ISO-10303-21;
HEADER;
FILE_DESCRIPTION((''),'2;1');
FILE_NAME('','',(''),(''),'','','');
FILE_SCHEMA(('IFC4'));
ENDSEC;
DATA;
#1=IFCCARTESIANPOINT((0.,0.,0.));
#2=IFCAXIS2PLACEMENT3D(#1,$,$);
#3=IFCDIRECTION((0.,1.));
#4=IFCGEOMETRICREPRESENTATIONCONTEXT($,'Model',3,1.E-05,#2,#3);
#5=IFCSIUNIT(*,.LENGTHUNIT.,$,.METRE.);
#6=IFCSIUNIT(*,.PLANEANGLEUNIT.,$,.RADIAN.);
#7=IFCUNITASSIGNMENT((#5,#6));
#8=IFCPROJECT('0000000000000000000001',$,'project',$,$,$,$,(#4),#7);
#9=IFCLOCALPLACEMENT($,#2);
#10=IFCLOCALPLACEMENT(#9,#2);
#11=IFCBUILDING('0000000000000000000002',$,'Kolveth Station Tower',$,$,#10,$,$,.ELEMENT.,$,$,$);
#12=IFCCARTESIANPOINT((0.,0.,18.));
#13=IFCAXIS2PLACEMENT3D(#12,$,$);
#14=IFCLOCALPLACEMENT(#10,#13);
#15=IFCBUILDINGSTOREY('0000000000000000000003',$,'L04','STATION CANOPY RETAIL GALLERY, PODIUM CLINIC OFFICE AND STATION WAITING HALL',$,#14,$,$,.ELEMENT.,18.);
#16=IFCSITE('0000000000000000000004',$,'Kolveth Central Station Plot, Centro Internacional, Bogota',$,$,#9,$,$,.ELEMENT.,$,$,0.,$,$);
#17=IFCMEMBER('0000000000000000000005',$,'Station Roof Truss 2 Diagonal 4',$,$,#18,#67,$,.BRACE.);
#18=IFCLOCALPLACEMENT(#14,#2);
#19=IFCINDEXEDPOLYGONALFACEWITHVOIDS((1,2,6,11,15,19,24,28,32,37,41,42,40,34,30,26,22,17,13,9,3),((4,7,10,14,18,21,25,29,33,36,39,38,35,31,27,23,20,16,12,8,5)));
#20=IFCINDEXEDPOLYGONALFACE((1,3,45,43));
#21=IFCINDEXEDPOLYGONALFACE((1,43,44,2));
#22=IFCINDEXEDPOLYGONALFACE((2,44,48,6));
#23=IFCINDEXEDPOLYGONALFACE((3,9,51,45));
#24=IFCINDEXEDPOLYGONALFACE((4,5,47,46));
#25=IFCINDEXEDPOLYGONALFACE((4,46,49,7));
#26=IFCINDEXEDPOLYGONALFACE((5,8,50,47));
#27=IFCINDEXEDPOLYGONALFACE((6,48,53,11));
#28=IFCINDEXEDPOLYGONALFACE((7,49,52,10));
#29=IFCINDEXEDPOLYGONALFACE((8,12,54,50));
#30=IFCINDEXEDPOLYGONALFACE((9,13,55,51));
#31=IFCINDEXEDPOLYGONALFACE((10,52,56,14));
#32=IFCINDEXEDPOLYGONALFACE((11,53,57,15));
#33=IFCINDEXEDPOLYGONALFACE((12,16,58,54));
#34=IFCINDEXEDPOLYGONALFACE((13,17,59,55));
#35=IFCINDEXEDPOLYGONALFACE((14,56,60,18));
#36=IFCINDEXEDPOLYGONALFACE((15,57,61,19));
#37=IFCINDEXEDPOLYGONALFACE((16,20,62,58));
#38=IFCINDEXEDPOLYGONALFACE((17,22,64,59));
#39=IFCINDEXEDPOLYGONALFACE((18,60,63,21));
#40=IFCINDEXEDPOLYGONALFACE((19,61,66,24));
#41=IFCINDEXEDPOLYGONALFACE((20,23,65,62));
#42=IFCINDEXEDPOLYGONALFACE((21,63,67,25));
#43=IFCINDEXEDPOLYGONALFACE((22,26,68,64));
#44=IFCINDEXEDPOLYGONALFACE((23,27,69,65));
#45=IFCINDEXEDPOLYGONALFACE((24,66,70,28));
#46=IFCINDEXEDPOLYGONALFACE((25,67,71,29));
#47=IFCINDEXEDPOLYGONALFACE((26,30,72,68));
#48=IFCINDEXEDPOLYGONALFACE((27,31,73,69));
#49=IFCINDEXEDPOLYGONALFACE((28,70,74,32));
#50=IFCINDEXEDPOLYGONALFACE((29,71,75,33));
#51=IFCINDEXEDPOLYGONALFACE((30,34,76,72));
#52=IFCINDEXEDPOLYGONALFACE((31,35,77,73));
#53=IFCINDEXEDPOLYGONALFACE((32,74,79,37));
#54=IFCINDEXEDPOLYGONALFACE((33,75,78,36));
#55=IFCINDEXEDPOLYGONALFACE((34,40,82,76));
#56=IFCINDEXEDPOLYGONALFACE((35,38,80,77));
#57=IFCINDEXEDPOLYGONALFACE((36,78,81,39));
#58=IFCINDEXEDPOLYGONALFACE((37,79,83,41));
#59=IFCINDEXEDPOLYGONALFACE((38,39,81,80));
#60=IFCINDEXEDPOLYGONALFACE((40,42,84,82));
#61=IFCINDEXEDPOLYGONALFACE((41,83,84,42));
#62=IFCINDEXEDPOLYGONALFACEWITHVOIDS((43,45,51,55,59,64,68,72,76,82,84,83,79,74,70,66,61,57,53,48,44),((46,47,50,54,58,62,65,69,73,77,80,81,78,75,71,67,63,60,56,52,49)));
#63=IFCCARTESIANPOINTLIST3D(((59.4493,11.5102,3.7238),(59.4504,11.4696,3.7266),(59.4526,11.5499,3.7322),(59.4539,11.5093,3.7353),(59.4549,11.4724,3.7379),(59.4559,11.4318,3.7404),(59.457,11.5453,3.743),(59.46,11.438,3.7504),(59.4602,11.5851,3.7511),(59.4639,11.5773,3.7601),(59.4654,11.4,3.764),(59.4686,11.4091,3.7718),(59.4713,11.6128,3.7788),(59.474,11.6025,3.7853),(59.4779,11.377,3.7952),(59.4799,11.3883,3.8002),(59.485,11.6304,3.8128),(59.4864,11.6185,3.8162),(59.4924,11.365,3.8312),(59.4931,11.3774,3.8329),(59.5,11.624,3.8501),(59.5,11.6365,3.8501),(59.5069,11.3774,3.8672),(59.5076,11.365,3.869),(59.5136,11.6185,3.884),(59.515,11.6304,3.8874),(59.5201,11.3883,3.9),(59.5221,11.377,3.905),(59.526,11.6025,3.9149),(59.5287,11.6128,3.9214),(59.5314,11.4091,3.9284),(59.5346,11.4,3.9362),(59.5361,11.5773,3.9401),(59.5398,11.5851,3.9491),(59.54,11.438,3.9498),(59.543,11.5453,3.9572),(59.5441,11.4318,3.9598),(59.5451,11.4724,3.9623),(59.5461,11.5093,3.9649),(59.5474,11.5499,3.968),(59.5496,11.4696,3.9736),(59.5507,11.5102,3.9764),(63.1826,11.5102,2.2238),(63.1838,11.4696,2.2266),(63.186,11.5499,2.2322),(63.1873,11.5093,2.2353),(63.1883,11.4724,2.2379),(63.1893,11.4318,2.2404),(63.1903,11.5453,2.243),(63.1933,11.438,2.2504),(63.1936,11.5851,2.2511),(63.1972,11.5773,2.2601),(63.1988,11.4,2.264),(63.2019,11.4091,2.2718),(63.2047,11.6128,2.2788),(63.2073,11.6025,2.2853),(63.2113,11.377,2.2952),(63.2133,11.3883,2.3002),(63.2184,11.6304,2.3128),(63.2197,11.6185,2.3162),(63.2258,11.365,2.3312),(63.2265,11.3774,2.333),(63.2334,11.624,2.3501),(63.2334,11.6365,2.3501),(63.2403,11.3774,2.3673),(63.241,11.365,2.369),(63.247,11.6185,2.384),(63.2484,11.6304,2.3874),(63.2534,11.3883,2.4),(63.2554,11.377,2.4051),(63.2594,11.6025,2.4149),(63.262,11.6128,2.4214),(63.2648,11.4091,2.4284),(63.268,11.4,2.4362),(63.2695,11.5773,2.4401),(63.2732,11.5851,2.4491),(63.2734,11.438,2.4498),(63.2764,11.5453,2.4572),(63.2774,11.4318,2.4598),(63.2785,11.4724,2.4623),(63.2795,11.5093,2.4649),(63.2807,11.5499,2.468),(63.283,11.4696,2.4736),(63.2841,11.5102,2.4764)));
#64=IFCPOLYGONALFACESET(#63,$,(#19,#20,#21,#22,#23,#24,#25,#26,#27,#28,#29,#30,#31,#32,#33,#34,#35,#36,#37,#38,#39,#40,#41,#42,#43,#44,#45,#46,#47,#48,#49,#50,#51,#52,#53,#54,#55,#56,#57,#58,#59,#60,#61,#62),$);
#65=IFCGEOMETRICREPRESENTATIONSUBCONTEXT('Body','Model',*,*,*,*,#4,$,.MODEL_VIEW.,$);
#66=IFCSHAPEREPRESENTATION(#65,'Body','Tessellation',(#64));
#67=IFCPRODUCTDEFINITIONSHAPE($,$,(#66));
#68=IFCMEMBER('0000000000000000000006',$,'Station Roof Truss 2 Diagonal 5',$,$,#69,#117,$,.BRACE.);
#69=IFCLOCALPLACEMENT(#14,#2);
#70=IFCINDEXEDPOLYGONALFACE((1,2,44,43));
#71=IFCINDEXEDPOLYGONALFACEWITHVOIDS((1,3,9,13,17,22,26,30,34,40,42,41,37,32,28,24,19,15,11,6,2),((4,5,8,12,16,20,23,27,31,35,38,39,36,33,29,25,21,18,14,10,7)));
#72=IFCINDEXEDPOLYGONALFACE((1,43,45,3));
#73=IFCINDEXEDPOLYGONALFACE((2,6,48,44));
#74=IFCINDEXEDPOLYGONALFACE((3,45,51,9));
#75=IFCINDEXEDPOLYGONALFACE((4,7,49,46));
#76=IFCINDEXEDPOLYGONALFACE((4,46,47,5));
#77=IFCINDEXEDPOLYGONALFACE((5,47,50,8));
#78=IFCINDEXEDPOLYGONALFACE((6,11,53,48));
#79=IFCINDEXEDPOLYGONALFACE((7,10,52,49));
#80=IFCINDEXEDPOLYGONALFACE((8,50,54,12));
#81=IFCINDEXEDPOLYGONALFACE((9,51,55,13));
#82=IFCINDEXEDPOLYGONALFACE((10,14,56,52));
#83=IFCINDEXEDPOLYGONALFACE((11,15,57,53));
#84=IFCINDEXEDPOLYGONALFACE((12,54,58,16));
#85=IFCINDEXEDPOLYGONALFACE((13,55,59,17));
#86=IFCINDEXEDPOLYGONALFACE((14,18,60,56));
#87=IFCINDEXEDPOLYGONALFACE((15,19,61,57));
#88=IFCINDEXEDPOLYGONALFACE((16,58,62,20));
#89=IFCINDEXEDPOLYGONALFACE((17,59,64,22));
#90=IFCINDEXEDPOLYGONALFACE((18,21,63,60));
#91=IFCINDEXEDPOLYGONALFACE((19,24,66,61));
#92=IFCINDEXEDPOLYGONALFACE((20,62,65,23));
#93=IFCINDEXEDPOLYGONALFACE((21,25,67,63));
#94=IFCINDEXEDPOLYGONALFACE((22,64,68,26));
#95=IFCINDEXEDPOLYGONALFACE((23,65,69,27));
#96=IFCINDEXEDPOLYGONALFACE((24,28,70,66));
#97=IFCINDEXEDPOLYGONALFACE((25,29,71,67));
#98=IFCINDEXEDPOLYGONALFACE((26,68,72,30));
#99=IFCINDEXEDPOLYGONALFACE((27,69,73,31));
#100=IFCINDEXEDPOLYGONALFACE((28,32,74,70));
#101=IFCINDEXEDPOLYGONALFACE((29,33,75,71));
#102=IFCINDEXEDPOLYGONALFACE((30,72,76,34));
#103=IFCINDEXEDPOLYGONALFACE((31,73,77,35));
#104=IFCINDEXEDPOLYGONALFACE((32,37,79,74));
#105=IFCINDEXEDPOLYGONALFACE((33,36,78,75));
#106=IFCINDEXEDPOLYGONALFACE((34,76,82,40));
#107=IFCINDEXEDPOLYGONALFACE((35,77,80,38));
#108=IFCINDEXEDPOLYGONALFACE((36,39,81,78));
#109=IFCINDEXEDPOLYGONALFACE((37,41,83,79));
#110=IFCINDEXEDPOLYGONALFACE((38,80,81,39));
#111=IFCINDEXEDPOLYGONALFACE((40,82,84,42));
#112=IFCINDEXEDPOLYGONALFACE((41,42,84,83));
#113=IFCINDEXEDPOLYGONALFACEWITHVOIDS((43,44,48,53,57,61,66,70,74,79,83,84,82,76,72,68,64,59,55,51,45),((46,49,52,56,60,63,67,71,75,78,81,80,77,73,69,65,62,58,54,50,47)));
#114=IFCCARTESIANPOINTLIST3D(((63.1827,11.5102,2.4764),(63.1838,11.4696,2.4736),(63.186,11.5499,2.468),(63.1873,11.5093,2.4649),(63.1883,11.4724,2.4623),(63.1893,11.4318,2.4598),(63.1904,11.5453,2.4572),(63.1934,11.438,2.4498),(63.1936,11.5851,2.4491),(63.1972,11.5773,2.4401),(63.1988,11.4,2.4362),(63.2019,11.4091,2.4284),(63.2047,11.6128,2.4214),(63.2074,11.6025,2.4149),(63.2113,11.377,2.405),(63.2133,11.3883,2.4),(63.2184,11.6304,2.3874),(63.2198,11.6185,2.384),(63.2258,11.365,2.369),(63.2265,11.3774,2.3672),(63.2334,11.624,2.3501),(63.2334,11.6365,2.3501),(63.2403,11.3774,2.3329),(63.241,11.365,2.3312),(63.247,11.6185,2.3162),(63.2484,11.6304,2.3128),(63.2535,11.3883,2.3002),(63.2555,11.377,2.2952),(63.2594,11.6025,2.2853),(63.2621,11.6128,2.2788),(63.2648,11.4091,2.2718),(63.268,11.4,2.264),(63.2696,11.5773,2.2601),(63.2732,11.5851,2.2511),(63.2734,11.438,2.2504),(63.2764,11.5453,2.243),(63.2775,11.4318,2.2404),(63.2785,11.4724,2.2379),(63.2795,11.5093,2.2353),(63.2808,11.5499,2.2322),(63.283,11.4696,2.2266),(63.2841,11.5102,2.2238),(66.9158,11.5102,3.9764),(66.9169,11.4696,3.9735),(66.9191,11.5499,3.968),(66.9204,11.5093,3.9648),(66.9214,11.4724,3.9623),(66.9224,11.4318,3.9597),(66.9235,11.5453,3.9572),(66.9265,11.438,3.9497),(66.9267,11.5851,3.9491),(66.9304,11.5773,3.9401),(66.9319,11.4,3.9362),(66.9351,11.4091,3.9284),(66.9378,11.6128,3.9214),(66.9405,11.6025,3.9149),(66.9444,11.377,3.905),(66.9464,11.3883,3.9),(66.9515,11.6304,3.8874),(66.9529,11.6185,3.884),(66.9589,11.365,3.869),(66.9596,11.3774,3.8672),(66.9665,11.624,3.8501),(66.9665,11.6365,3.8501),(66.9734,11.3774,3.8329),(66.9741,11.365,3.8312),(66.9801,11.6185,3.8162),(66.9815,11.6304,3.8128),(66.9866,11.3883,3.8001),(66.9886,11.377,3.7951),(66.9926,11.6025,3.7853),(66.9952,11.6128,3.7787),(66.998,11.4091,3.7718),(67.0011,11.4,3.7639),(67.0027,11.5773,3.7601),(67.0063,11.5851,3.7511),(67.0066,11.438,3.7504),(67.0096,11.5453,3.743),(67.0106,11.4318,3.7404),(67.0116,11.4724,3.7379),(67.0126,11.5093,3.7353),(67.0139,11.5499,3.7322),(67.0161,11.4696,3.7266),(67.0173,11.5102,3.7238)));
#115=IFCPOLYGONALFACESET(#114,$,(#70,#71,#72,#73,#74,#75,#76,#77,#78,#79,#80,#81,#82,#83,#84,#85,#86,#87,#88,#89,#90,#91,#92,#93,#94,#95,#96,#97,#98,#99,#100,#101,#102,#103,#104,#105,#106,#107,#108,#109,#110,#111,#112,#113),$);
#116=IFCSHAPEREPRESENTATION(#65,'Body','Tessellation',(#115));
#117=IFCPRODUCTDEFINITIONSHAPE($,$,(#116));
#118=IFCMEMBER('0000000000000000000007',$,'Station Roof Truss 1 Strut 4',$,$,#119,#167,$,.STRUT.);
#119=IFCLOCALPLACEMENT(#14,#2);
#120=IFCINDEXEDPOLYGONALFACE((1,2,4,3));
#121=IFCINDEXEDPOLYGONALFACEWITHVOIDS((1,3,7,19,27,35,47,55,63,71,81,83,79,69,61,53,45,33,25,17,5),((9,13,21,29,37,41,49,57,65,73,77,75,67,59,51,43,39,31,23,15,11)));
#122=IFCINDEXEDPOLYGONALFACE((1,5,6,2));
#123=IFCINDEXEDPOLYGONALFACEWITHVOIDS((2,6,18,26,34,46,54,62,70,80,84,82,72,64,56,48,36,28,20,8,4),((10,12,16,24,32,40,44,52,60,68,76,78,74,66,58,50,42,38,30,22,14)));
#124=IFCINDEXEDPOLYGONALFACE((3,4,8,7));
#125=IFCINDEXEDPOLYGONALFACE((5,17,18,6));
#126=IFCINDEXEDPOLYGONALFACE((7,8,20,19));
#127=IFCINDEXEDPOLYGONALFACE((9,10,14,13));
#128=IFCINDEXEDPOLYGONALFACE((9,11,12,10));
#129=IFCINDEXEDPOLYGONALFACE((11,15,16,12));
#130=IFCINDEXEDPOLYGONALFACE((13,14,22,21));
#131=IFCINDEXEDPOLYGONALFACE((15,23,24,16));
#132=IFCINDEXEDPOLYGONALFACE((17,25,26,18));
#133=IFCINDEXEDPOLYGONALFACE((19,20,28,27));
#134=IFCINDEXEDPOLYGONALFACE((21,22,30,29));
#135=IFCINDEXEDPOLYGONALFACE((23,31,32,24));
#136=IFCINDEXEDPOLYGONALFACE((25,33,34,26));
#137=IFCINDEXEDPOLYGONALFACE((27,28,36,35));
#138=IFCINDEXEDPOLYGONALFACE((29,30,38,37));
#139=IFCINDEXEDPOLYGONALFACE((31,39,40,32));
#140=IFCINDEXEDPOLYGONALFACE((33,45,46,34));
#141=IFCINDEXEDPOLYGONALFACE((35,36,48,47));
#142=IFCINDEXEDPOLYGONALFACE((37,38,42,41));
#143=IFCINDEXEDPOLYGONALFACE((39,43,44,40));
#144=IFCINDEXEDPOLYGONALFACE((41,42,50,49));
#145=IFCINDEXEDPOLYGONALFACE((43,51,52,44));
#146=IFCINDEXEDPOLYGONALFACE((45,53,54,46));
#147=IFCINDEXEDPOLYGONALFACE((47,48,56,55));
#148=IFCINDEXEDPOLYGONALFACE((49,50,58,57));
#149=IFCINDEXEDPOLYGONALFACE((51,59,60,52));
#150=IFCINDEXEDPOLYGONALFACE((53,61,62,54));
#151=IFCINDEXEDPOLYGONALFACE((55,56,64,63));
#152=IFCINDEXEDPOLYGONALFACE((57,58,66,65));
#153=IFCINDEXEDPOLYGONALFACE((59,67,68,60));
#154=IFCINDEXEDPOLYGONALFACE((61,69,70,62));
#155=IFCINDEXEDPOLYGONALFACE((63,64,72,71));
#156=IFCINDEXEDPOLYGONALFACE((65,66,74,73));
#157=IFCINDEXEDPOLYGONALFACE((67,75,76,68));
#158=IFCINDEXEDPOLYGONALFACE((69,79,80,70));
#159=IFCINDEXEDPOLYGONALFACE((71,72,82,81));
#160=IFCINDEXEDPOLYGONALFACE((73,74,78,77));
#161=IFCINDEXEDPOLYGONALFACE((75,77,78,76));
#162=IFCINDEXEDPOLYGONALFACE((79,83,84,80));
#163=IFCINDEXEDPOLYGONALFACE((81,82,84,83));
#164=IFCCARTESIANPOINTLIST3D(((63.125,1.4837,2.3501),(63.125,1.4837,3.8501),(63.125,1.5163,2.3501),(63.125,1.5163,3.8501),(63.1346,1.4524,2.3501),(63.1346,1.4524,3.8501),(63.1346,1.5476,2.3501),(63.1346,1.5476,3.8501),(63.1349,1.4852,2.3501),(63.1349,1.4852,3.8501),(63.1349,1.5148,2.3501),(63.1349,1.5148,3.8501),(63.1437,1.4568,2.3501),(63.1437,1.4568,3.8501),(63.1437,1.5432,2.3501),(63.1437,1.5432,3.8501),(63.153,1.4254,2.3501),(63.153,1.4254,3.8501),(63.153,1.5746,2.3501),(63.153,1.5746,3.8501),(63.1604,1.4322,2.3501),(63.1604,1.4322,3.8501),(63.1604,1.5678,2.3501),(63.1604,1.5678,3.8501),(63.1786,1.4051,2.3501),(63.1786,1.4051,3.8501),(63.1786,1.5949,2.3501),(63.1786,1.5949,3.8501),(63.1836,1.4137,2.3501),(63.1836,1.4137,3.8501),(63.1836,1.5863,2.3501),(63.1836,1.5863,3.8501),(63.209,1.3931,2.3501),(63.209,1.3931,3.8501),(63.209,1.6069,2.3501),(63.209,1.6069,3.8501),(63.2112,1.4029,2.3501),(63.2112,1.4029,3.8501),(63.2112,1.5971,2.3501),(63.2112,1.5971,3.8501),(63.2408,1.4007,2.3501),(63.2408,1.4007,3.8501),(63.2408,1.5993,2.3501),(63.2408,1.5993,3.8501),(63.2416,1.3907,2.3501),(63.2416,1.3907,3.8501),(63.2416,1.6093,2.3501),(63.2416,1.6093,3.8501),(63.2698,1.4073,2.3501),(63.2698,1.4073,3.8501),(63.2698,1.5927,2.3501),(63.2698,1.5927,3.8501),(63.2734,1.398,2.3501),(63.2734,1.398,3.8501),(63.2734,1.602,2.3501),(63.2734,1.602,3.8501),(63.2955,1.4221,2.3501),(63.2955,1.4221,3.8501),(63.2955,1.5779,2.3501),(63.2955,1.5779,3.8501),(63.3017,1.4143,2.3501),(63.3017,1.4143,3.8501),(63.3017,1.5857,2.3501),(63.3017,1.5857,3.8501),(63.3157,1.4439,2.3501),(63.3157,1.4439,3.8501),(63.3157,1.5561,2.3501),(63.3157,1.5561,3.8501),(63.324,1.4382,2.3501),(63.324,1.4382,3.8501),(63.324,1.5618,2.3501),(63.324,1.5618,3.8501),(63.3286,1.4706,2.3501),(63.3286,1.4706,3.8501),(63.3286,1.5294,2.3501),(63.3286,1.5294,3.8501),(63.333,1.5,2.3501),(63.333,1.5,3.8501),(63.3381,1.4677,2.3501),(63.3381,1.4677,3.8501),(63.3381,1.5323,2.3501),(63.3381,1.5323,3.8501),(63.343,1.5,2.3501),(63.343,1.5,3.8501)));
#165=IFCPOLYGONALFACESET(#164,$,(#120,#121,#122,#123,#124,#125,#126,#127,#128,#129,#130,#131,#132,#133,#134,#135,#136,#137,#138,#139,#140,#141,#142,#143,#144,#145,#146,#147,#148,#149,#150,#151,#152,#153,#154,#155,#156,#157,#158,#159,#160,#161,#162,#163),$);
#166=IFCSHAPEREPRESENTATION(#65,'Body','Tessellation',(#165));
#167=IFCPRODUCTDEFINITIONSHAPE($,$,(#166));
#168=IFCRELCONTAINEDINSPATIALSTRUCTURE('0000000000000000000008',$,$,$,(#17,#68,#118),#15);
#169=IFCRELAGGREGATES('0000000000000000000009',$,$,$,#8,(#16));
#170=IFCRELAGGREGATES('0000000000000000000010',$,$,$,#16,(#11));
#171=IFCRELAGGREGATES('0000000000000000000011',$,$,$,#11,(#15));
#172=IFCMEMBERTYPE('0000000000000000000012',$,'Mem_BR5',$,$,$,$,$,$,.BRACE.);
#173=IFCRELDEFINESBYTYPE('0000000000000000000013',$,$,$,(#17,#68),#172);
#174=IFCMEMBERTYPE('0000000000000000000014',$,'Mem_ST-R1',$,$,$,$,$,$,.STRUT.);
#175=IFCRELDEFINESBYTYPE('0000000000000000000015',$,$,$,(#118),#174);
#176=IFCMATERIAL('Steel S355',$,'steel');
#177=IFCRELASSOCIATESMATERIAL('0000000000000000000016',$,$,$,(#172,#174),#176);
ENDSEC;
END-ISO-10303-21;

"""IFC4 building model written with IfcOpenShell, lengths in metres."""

from ifc_helpers import new_model, si_unit, direction, frame, origin, origin_2d, place, context, subcontext, project, spatial, hollow_circle, extrude, source, transform, mapped, material, material_profile, profile_set, type_object, element, save


model = new_model("IFC4")

# Units and contexts
model_context = context("Model", 3, precision=1e-05, world=origin(), true_north=direction((0.0, 1.0)))
body_context = subcontext(model_context, "Body", "Model", "MODEL_VIEW")
ifc_project = project(units=[si_unit("LENGTHUNIT", "METRE"), si_unit("PLANEANGLEUNIT", "RADIAN")], contexts=[model_context])

# Site, building, storey
site_placement = place(None, origin())
site = spatial("IfcSite", under=ifc_project, at=site_placement, Name="Kolveth Central Station Plot, Centro Internacional, Bogota", CompositionType="ELEMENT", RefElevation=0.0)
building_placement = place(site_placement, origin())
building = spatial("IfcBuilding", under=site, at=building_placement, Name="Kolveth Station Tower", CompositionType="ELEMENT")
storey_placement = place(building_placement, frame((0.0, 0.0, 18.0)))
storey = spatial("IfcBuildingStorey", under=building, at=storey_placement, Name="L04", Description="STATION CANOPY RETAIL GALLERY, PODIUM CLINIC OFFICE AND STATION WAITING HALL", CompositionType="ELEMENT", Elevation=18.0)

# Shared definitions
ifc_material_1 = material(Name="Steel S355", Category="steel")

# Members
ifc_material_profile_1 = material_profile(ifc_material_1, hollow_circle(Radius=0.1365, WallThickness=0.0125, at=origin_2d()), Name="CHS273x12.5")
ifc_profile_set_1 = profile_set([ifc_material_profile_1], Name="Steel S355")
member_type_1 = type_object("IfcMemberType", Name="Mem_BR5", PredefinedType="BRACE", material=ifc_profile_set_1)
shared_shape_1 = source(origin(), body_context, "Body", "SweptSolid", [
    extrude(hollow_circle(Radius=0.1365, WallThickness=0.0125, at=origin_2d()), origin(), (0.0, 0.0, 1.0), 4.0234),
])
for number, where, z_axis, x_axis, name in (
    (1, (59.5, 11.5, 3.8501), (0.927906, 0.0, -0.372813), (0.0, 1.0, 0.0), "Station Roof Truss 2 Diagonal 4"),
):
    element("IfcMember", number, at=place(storey_placement, frame(where, z_axis=z_axis, x_axis=x_axis)), inside=storey, type_object=member_type_1, Name=name, PredefinedType="BRACE", context=body_context, shape_type="MappedRepresentation", body=[
        mapped(shared_shape_1, transform((0.0, 0.0, 0.0), x_axis=(1.0, 0.0, 0.0), y_axis=(0.0, 1.0, 0.0), z_axis=(0.0, 0.0, 1.0), scale=1.0)),
    ])
shared_shape_2 = source(origin(), body_context, "Body", "SweptSolid", [
    extrude(hollow_circle(Radius=0.1365, WallThickness=0.0125, at=origin_2d()), origin(), (0.0, 0.0, 1.0), 4.0232),
])
member_1_placement = place(storey_placement, frame((63.2334, 11.5, 2.3501), z_axis=(0.927898, 0.0, 0.372834), x_axis=(0.0, 1.0, 0.0)))
element("IfcMember", 2, at=member_1_placement, inside=storey, type_object=member_type_1, Name="Station Roof Truss 2 Diagonal 5", PredefinedType="BRACE", context=body_context, shape_type="MappedRepresentation", body=[
    mapped(shared_shape_2, transform((0.0, 0.0, 0.0), x_axis=(1.0, 0.0, 0.0), y_axis=(0.0, 1.0, 0.0), z_axis=(0.0, 0.0, 1.0), scale=1.0)),
])
ifc_material_profile_2 = material_profile(ifc_material_1, hollow_circle(Radius=0.1096, WallThickness=0.01, at=origin_2d()), Name="CHS219x10")
ifc_profile_set_2 = profile_set([ifc_material_profile_2], Name="Steel S355")
member_type_2 = type_object("IfcMemberType", Name="Mem_ST-R1", PredefinedType="STRUT", material=ifc_profile_set_2)
shared_shape_3 = source(origin(), body_context, "Body", "SweptSolid", [
    extrude(hollow_circle(Radius=0.1096, WallThickness=0.01, at=origin_2d()), origin(), (0.0, 0.0, 1.0), 1.5),
])
for number, where, z_axis, x_axis, name in (
    (3, (63.2334, 1.5, 2.3501), (0.0, 0.0, 1.0), (1.0, 0.0, 0.0), "Station Roof Truss 1 Strut 4"),
):
    element("IfcMember", number, at=place(storey_placement, frame(where, z_axis=z_axis, x_axis=x_axis)), inside=storey, type_object=member_type_2, Name=name, PredefinedType="STRUT", context=body_context, shape_type="MappedRepresentation", body=[
        mapped(shared_shape_3, transform((0.0, 0.0, 0.0), x_axis=(1.0, 0.0, 0.0), y_axis=(0.0, 1.0, 0.0), z_axis=(0.0, 0.0, 1.0), scale=1.0)),
    ])

save(model, "model.ifc")
